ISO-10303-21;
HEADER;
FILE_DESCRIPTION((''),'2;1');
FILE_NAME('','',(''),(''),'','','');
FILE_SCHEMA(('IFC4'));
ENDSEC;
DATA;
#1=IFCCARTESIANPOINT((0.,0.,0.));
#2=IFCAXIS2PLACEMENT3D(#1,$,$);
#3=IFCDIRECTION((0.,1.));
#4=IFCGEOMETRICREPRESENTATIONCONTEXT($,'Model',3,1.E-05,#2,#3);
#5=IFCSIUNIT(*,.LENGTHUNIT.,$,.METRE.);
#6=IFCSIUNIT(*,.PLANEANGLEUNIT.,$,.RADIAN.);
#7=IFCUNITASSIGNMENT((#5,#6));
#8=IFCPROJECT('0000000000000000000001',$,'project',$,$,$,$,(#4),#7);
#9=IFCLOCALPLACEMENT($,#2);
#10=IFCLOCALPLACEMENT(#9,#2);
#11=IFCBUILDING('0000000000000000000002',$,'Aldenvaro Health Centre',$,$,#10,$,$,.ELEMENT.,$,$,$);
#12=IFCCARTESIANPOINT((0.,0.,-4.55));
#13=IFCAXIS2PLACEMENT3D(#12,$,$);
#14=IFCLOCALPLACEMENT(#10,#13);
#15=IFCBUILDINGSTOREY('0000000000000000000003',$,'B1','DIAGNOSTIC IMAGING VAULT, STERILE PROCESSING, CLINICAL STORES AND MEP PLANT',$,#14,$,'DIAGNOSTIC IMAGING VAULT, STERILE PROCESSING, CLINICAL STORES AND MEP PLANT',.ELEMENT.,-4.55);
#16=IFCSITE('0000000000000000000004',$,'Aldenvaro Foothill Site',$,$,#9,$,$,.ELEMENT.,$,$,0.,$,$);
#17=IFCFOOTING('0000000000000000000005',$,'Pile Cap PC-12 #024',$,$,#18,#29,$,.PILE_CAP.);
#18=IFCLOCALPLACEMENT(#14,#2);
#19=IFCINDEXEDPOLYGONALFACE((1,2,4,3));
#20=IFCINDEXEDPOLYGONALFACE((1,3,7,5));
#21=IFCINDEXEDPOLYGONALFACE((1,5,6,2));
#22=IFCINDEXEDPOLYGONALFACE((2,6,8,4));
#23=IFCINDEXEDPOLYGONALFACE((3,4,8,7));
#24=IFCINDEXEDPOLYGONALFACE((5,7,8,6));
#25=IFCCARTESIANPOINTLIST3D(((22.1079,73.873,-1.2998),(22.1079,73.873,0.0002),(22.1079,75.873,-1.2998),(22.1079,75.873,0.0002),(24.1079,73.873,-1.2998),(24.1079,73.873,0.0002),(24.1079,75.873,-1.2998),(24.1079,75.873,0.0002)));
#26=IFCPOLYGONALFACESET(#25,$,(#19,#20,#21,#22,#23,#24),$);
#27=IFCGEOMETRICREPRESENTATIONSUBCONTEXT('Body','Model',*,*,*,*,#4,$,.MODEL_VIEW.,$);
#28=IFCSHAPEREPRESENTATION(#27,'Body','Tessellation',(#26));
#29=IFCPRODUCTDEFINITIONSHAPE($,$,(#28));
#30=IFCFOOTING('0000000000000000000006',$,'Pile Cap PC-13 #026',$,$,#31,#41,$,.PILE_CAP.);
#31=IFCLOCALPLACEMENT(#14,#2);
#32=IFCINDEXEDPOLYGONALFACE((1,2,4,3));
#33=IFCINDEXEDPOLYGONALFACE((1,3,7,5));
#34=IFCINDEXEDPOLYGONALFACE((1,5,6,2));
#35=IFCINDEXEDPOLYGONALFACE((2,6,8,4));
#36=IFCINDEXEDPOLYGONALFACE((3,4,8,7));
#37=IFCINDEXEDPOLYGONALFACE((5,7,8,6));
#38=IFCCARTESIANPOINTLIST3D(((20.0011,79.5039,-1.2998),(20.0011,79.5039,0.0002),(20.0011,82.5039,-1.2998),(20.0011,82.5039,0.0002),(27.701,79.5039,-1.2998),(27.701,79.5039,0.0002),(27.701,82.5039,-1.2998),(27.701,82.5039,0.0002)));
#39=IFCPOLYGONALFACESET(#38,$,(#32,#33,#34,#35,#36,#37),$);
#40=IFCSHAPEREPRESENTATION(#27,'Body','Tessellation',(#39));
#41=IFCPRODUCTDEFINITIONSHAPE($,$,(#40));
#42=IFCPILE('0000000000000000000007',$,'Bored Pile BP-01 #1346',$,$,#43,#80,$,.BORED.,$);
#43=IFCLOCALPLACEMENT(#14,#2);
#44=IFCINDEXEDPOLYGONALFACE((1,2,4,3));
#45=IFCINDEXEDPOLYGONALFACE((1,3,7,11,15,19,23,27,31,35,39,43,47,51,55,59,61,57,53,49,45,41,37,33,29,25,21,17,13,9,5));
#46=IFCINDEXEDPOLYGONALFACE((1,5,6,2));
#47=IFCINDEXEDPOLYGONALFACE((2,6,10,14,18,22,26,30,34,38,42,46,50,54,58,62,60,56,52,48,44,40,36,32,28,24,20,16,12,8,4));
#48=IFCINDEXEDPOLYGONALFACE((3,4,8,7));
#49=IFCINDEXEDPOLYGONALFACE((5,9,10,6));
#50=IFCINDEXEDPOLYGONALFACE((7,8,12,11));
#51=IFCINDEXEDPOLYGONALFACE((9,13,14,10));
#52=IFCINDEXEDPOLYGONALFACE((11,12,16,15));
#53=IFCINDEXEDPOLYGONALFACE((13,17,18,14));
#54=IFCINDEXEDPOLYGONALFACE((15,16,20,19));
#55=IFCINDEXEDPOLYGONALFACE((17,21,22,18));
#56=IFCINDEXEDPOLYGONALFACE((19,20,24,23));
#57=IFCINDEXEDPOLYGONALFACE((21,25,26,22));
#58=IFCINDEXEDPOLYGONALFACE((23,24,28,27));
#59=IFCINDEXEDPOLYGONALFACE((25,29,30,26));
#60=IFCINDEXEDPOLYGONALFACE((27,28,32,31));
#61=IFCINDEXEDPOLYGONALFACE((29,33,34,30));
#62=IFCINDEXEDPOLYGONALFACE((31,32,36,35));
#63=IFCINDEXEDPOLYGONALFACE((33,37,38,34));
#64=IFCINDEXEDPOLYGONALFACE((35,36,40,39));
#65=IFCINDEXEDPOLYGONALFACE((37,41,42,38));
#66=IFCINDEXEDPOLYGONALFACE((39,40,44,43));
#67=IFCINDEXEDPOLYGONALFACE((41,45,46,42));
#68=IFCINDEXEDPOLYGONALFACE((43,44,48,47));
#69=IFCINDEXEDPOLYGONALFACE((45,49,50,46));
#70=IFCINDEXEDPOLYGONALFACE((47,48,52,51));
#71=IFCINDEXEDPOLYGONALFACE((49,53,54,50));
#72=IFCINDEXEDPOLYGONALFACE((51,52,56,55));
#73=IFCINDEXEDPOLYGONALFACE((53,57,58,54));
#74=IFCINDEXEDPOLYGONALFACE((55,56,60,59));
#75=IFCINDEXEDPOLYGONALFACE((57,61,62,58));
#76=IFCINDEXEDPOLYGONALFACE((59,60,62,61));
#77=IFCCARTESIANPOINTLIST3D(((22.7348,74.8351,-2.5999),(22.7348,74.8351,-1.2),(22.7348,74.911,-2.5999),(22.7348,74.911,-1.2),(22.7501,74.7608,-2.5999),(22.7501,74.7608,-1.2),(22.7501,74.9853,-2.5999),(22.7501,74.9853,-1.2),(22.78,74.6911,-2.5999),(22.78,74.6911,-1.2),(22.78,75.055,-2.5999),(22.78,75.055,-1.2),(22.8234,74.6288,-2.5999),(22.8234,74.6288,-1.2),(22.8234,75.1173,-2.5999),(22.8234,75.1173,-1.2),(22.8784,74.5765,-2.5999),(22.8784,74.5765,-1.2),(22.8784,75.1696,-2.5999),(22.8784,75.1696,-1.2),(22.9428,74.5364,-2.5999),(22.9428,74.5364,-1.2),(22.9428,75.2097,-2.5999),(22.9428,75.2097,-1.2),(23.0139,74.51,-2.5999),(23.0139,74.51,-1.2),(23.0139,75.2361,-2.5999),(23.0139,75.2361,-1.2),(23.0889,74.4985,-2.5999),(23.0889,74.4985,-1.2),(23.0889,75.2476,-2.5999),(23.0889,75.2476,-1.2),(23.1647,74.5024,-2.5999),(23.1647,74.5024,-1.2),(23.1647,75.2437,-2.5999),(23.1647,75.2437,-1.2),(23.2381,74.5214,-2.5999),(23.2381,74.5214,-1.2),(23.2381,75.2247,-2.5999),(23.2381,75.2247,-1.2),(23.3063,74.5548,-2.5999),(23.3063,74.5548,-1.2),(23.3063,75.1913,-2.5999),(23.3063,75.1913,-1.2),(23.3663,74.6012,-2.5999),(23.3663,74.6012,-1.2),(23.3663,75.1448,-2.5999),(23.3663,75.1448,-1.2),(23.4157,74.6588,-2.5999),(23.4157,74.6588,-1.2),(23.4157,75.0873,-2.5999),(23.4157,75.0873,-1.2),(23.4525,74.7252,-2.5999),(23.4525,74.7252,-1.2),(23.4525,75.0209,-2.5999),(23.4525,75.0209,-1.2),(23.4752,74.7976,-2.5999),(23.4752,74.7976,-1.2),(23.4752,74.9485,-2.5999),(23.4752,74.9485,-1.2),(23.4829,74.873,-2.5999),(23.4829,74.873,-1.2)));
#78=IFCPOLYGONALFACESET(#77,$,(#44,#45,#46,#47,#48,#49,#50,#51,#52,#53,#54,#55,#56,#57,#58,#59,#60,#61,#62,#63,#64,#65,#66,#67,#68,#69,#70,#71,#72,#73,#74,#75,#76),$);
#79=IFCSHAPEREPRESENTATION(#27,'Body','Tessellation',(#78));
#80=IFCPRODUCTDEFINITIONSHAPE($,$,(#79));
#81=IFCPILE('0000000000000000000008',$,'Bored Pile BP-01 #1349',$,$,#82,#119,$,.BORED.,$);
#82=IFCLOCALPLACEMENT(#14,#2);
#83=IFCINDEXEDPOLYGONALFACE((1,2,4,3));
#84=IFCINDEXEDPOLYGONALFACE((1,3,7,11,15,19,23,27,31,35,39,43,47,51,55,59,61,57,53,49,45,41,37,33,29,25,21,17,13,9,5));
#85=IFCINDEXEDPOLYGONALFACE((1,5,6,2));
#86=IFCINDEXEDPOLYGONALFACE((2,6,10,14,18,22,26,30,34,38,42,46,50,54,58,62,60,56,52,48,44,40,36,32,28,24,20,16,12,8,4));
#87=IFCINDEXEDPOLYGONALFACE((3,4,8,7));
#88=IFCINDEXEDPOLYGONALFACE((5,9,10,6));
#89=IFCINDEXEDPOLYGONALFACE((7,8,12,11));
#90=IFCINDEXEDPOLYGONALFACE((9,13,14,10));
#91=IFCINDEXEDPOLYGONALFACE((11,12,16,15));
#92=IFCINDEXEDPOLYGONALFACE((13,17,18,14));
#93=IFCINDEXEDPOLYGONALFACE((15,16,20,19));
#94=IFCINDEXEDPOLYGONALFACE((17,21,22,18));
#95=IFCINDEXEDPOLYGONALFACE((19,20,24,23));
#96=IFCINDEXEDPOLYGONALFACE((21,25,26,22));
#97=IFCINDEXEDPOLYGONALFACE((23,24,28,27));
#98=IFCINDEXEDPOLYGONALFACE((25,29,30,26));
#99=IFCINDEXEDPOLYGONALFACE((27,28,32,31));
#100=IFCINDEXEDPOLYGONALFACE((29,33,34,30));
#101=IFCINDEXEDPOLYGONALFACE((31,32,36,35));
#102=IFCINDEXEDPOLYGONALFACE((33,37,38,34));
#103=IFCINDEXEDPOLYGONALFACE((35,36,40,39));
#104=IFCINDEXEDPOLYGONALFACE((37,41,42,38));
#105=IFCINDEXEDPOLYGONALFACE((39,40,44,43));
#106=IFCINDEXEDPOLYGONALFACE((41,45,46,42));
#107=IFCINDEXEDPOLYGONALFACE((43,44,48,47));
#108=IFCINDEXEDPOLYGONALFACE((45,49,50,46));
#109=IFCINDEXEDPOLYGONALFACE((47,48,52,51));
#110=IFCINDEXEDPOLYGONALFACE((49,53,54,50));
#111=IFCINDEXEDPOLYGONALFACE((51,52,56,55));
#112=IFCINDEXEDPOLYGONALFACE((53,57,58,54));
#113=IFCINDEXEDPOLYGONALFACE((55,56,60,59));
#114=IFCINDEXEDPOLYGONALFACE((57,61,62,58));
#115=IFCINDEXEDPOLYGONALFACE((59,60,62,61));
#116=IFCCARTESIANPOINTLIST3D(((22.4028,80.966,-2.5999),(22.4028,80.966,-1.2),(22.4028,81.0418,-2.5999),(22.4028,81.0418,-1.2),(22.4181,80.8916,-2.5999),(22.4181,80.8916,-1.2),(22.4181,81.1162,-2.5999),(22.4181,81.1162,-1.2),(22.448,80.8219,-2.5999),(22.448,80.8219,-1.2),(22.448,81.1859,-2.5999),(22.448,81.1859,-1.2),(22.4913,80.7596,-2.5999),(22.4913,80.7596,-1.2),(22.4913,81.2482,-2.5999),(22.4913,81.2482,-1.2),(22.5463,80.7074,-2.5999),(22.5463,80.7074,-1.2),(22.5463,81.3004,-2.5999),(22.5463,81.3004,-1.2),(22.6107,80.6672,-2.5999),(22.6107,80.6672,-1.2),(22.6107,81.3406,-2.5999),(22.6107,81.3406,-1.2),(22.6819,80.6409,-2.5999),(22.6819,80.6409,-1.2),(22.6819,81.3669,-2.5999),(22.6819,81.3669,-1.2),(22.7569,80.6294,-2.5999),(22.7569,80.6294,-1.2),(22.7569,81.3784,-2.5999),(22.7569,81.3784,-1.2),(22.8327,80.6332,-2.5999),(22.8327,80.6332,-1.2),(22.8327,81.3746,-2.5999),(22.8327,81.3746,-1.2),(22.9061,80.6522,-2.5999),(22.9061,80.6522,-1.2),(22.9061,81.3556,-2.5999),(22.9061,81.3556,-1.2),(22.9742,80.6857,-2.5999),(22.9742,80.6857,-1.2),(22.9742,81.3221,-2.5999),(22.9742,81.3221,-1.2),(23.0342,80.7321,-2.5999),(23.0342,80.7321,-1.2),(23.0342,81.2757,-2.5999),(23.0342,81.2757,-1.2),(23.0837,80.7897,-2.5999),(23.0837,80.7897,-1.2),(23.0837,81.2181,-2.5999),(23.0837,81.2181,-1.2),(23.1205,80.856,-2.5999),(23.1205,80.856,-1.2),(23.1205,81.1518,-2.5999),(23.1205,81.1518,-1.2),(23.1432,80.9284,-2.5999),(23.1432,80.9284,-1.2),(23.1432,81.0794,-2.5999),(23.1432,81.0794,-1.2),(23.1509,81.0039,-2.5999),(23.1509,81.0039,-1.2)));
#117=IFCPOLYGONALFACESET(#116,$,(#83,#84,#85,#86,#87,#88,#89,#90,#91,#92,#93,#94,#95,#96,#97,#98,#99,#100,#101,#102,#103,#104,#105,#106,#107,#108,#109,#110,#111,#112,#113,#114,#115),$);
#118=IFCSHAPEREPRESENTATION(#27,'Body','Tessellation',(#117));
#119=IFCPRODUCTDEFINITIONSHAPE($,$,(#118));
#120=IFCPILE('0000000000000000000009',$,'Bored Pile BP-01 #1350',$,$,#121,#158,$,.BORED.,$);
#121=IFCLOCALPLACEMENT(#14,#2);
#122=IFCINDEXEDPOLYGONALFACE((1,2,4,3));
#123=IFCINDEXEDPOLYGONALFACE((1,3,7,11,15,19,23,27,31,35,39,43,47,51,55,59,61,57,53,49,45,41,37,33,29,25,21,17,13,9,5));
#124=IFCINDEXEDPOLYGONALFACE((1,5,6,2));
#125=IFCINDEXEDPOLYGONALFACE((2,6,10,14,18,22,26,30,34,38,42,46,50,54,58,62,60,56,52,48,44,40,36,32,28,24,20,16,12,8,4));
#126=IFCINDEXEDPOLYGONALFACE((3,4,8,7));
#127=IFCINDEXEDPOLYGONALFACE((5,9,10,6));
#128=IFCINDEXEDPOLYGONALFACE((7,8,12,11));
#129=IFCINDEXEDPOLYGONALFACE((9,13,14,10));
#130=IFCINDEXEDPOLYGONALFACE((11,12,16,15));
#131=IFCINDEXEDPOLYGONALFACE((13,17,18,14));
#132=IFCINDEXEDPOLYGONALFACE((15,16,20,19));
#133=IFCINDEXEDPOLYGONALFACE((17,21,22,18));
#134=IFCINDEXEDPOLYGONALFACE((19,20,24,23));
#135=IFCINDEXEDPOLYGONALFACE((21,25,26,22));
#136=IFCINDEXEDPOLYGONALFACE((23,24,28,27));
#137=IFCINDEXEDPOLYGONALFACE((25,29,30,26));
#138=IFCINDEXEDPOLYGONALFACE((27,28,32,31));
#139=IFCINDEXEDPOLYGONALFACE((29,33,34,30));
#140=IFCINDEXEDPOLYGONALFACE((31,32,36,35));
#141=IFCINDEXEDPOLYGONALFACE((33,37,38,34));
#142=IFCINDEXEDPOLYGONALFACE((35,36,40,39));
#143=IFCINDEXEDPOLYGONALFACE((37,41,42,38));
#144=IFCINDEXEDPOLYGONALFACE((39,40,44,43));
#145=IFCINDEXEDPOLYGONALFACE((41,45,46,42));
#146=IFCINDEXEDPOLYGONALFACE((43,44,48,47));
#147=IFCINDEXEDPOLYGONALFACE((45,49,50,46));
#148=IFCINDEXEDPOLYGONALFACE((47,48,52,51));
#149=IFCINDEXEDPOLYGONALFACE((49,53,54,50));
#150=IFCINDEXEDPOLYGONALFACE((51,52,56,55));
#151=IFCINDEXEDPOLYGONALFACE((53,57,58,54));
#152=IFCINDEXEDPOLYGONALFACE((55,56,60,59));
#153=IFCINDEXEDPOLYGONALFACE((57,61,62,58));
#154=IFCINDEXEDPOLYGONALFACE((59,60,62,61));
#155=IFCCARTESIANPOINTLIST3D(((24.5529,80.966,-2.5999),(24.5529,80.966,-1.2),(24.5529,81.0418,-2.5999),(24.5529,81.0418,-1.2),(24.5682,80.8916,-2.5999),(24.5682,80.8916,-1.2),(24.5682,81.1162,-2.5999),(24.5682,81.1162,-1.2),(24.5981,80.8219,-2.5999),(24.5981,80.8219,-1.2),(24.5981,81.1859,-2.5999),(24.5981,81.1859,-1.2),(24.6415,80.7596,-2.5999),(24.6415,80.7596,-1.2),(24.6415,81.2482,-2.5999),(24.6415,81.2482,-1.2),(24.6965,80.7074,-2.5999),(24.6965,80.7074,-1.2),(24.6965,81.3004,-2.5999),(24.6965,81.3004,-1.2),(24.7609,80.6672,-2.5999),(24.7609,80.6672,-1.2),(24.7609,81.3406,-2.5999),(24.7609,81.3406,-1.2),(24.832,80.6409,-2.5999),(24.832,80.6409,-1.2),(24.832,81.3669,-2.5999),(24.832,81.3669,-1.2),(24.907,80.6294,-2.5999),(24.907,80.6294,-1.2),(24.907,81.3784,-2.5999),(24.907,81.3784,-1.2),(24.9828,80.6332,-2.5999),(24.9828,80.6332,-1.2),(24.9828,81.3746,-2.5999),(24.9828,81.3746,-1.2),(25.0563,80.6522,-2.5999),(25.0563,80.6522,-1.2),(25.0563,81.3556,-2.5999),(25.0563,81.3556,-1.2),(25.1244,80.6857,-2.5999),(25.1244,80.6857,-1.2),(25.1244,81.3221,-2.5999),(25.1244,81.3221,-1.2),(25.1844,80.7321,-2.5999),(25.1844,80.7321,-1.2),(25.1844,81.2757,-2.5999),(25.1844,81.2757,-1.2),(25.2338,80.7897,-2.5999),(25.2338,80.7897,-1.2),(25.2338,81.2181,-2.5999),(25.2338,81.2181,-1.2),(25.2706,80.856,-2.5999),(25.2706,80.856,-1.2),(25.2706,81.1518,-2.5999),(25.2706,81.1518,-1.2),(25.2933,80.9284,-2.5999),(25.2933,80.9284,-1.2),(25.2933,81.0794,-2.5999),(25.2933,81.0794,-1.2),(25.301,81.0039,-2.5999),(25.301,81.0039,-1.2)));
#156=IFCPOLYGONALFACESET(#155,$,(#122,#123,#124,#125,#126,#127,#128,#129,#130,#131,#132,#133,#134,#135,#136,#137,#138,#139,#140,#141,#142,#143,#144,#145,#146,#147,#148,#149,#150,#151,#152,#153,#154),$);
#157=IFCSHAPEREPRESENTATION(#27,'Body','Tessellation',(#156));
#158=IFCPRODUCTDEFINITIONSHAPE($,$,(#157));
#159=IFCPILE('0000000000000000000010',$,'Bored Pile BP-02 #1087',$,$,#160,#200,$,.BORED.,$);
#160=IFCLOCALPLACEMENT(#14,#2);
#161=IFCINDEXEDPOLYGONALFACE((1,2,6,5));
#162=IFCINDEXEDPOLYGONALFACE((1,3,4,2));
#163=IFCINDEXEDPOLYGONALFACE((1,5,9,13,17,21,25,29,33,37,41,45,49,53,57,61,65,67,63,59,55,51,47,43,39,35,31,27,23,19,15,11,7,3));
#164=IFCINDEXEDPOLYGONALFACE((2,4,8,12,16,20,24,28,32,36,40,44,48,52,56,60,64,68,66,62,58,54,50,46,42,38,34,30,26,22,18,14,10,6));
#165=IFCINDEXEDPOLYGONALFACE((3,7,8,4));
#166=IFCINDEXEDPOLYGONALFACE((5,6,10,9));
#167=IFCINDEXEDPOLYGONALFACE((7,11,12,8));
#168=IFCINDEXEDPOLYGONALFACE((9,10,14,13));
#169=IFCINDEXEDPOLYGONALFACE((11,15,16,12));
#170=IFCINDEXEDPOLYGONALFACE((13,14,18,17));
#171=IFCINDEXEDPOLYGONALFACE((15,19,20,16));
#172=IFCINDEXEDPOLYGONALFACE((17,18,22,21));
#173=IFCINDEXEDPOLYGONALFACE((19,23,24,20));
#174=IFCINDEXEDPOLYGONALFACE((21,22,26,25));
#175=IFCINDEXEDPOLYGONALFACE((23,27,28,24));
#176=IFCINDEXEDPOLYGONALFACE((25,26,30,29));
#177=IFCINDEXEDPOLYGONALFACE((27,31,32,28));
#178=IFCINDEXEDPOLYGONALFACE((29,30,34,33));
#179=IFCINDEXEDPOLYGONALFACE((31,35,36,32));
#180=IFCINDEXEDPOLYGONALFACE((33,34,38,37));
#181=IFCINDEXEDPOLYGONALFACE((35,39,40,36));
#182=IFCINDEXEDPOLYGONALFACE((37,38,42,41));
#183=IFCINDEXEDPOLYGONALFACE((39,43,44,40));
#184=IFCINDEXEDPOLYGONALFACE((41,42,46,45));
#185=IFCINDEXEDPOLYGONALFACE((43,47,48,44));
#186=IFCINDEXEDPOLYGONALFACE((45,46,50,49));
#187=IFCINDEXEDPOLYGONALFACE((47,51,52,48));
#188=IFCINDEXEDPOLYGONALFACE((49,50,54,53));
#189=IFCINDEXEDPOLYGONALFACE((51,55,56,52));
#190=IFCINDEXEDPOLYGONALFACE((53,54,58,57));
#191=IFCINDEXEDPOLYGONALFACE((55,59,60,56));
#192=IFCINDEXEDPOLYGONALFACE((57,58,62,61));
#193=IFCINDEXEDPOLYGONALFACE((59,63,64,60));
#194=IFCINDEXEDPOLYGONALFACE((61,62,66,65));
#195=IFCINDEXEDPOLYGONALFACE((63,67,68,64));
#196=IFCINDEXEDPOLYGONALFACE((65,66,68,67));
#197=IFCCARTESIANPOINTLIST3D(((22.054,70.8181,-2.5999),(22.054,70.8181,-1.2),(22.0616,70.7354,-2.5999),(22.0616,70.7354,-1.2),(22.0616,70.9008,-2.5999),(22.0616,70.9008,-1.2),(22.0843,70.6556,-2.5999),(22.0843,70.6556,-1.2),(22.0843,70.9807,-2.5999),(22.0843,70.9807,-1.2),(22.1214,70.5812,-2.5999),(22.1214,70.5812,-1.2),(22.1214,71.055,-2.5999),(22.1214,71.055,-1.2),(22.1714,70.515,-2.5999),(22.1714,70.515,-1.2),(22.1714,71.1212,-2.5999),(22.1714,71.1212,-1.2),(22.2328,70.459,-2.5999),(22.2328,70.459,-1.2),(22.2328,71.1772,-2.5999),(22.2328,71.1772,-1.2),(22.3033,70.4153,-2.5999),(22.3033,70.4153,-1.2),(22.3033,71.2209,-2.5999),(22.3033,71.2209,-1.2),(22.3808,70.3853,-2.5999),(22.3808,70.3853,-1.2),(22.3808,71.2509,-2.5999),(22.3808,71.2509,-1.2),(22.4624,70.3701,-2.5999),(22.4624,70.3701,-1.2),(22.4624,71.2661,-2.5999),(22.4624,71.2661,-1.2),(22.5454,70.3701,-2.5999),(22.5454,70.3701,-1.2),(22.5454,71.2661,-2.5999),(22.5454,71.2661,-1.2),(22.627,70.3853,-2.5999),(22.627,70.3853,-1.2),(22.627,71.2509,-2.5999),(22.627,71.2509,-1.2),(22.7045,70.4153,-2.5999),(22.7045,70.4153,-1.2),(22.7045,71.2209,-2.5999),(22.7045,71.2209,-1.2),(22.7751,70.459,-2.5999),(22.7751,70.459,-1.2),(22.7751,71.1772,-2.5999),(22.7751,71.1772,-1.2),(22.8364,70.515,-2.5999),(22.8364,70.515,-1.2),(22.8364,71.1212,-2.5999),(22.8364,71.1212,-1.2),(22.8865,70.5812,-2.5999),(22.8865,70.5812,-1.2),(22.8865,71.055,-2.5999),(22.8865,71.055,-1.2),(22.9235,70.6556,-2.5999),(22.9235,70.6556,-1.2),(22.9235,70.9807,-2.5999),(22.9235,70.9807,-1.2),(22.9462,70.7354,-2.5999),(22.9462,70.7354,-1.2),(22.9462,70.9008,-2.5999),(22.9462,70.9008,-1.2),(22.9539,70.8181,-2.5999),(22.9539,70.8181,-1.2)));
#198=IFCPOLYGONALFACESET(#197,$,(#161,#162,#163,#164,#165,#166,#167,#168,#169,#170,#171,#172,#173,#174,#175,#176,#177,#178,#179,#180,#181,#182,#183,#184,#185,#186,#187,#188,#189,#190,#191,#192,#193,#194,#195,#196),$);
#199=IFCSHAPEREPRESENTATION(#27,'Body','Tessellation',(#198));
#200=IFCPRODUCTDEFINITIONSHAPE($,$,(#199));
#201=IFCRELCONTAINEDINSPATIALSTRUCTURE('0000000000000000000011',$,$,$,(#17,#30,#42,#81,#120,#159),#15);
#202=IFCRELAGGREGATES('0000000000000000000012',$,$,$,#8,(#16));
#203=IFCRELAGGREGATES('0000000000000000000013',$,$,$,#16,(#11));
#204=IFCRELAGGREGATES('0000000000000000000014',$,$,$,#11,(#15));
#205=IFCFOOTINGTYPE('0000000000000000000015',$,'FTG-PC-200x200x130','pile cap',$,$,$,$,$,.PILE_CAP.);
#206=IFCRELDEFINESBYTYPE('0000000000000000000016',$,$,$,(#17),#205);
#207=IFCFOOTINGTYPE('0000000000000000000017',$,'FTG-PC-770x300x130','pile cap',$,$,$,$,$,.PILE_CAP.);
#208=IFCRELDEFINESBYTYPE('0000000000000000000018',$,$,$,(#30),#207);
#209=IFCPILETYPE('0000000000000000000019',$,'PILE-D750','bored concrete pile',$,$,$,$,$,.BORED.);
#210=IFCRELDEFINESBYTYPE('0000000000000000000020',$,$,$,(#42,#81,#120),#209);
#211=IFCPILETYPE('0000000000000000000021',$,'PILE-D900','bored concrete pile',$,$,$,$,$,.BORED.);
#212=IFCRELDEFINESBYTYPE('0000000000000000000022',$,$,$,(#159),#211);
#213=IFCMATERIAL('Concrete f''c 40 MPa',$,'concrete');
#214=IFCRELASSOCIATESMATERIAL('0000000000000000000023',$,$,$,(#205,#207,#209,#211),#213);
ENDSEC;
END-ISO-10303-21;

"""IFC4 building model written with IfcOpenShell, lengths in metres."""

from ifc_helpers import new_model, si_unit, direction, frame, origin, origin_2d, place, context, subcontext, project, spatial, rectangle, circle, extrude, material, material_profile, profile_set, type_object, element, save


model = new_model("IFC4")

# Units and contexts
model_context = context("Model", 3, precision=1e-05, world=origin(), true_north=direction((0.0, 1.0)))
body_context = subcontext(model_context, "Body", "Model", "MODEL_VIEW")
ifc_project = project(units=[si_unit("LENGTHUNIT", "METRE"), si_unit("PLANEANGLEUNIT", "RADIAN")], contexts=[model_context])

# Site, building, storey
site_placement = place(None, origin())
site = spatial("IfcSite", under=ifc_project, at=site_placement, Name="Aldenvaro Foothill Site", CompositionType="ELEMENT", RefElevation=0.0)
building_placement = place(site_placement, origin())
building = spatial("IfcBuilding", under=site, at=building_placement, Name="Aldenvaro Health Centre", CompositionType="ELEMENT")
storey_placement = place(building_placement, frame((0.0, 0.0, -4.55)))
storey = spatial("IfcBuildingStorey", under=building, at=storey_placement, Name="B1", Description="DIAGNOSTIC IMAGING VAULT, STERILE PROCESSING, CLINICAL STORES AND MEP PLANT", LongName="DIAGNOSTIC IMAGING VAULT, STERILE PROCESSING, CLINICAL STORES AND MEP PLANT", CompositionType="ELEMENT", Elevation=-4.55)

# Footings
ifc_material_1 = material(Name="Concrete f'c 40 MPa", Category="concrete")
footing_type_1 = type_object("IfcFootingType", Name="FTG-PC-200x200x130", Description="pile cap", PredefinedType="PILE_CAP", material=ifc_material_1)
footing_1_placement = place(storey_placement, frame((23.1079, 74.873, -1.2998), z_axis=(0.0, 0.0, 1.0), x_axis=(1.0, 0.0, 0.0)))
element("IfcFooting", 1, at=footing_1_placement, inside=storey, type_object=footing_type_1, Name="Pile Cap PC-12 #024", PredefinedType="PILE_CAP", context=body_context, shape_type="SweptSolid", body=[
    extrude(rectangle(XDim=2.0, YDim=2.0, at=origin_2d()), origin(), (0.0, 0.0, 1.0), 1.3),
])
footing_type_2 = type_object("IfcFootingType", Name="FTG-PC-770x300x130", Description="pile cap", PredefinedType="PILE_CAP", material=ifc_material_1)
footing_2_placement = place(storey_placement, frame((23.8511, 81.0039, -1.2998), z_axis=(0.0, 0.0, 1.0), x_axis=(1.0, 0.0, 0.0)))
element("IfcFooting", 2, at=footing_2_placement, inside=storey, type_object=footing_type_2, Name="Pile Cap PC-13 #026", PredefinedType="PILE_CAP", context=body_context, shape_type="SweptSolid", body=[
    extrude(rectangle(XDim=7.7, YDim=3.0, at=origin_2d()), origin(), (0.0, 0.0, 1.0), 1.3),
])

# Piles
ifc_material_profile_1 = material_profile(ifc_material_1, circle(Radius=0.375, at=origin_2d()), Name="PILE D750", Category="concrete")
ifc_profile_set_1 = profile_set([ifc_material_profile_1], Name="Concrete f'c 40 MPa")
pile_type_1 = type_object("IfcPileType", Name="PILE-D750", Description="bored concrete pile", PredefinedType="BORED", material=ifc_profile_set_1)
for number, where, z_axis, x_axis, name in (
    (3, (23.1079, 74.873, -1.2), (0.0, 0.0, -1.0), (1.0, 0.0, 0.0), "Bored Pile BP-01 #1346"),
    (4, (22.7759, 81.0039, -1.2), (0.0, 0.0, -1.0), (1.0, 0.0, 0.0), "Bored Pile BP-01 #1349"),
    (5, (24.926, 81.0039, -1.2), (0.0, 0.0, -1.0), (1.0, 0.0, 0.0), "Bored Pile BP-01 #1350"),
):
    element("IfcPile", number, at=place(storey_placement, frame(where, z_axis=z_axis, x_axis=x_axis)), inside=storey, type_object=pile_type_1, Name=name, PredefinedType="BORED", context=body_context, shape_type="SweptSolid", body=[
        extrude(circle(Radius=0.375, at=origin_2d()), origin(), (0.0, 0.0, 1.0), 1.3999),
    ])
ifc_material_profile_2 = material_profile(ifc_material_1, circle(Radius=0.45, at=origin_2d()), Name="PILE D900", Category="concrete")
ifc_profile_set_2 = profile_set([ifc_material_profile_2], Name="Concrete f'c 40 MPa")
pile_type_2 = type_object("IfcPileType", Name="PILE-D900", Description="bored concrete pile", PredefinedType="BORED", material=ifc_profile_set_2)
for number, where, z_axis, x_axis, name in (
    (6, (22.5039, 70.8181, -1.2), (0.0, 0.0, -1.0), (1.0, 0.0, 0.0), "Bored Pile BP-02 #1087"),
):
    element("IfcPile", number, at=place(storey_placement, frame(where, z_axis=z_axis, x_axis=x_axis)), inside=storey, type_object=pile_type_2, Name=name, PredefinedType="BORED", context=body_context, shape_type="SweptSolid", body=[
        extrude(circle(Radius=0.45, at=origin_2d()), origin(), (0.0, 0.0, 1.0), 1.3999),
    ])

save(model, "model.ifc")
